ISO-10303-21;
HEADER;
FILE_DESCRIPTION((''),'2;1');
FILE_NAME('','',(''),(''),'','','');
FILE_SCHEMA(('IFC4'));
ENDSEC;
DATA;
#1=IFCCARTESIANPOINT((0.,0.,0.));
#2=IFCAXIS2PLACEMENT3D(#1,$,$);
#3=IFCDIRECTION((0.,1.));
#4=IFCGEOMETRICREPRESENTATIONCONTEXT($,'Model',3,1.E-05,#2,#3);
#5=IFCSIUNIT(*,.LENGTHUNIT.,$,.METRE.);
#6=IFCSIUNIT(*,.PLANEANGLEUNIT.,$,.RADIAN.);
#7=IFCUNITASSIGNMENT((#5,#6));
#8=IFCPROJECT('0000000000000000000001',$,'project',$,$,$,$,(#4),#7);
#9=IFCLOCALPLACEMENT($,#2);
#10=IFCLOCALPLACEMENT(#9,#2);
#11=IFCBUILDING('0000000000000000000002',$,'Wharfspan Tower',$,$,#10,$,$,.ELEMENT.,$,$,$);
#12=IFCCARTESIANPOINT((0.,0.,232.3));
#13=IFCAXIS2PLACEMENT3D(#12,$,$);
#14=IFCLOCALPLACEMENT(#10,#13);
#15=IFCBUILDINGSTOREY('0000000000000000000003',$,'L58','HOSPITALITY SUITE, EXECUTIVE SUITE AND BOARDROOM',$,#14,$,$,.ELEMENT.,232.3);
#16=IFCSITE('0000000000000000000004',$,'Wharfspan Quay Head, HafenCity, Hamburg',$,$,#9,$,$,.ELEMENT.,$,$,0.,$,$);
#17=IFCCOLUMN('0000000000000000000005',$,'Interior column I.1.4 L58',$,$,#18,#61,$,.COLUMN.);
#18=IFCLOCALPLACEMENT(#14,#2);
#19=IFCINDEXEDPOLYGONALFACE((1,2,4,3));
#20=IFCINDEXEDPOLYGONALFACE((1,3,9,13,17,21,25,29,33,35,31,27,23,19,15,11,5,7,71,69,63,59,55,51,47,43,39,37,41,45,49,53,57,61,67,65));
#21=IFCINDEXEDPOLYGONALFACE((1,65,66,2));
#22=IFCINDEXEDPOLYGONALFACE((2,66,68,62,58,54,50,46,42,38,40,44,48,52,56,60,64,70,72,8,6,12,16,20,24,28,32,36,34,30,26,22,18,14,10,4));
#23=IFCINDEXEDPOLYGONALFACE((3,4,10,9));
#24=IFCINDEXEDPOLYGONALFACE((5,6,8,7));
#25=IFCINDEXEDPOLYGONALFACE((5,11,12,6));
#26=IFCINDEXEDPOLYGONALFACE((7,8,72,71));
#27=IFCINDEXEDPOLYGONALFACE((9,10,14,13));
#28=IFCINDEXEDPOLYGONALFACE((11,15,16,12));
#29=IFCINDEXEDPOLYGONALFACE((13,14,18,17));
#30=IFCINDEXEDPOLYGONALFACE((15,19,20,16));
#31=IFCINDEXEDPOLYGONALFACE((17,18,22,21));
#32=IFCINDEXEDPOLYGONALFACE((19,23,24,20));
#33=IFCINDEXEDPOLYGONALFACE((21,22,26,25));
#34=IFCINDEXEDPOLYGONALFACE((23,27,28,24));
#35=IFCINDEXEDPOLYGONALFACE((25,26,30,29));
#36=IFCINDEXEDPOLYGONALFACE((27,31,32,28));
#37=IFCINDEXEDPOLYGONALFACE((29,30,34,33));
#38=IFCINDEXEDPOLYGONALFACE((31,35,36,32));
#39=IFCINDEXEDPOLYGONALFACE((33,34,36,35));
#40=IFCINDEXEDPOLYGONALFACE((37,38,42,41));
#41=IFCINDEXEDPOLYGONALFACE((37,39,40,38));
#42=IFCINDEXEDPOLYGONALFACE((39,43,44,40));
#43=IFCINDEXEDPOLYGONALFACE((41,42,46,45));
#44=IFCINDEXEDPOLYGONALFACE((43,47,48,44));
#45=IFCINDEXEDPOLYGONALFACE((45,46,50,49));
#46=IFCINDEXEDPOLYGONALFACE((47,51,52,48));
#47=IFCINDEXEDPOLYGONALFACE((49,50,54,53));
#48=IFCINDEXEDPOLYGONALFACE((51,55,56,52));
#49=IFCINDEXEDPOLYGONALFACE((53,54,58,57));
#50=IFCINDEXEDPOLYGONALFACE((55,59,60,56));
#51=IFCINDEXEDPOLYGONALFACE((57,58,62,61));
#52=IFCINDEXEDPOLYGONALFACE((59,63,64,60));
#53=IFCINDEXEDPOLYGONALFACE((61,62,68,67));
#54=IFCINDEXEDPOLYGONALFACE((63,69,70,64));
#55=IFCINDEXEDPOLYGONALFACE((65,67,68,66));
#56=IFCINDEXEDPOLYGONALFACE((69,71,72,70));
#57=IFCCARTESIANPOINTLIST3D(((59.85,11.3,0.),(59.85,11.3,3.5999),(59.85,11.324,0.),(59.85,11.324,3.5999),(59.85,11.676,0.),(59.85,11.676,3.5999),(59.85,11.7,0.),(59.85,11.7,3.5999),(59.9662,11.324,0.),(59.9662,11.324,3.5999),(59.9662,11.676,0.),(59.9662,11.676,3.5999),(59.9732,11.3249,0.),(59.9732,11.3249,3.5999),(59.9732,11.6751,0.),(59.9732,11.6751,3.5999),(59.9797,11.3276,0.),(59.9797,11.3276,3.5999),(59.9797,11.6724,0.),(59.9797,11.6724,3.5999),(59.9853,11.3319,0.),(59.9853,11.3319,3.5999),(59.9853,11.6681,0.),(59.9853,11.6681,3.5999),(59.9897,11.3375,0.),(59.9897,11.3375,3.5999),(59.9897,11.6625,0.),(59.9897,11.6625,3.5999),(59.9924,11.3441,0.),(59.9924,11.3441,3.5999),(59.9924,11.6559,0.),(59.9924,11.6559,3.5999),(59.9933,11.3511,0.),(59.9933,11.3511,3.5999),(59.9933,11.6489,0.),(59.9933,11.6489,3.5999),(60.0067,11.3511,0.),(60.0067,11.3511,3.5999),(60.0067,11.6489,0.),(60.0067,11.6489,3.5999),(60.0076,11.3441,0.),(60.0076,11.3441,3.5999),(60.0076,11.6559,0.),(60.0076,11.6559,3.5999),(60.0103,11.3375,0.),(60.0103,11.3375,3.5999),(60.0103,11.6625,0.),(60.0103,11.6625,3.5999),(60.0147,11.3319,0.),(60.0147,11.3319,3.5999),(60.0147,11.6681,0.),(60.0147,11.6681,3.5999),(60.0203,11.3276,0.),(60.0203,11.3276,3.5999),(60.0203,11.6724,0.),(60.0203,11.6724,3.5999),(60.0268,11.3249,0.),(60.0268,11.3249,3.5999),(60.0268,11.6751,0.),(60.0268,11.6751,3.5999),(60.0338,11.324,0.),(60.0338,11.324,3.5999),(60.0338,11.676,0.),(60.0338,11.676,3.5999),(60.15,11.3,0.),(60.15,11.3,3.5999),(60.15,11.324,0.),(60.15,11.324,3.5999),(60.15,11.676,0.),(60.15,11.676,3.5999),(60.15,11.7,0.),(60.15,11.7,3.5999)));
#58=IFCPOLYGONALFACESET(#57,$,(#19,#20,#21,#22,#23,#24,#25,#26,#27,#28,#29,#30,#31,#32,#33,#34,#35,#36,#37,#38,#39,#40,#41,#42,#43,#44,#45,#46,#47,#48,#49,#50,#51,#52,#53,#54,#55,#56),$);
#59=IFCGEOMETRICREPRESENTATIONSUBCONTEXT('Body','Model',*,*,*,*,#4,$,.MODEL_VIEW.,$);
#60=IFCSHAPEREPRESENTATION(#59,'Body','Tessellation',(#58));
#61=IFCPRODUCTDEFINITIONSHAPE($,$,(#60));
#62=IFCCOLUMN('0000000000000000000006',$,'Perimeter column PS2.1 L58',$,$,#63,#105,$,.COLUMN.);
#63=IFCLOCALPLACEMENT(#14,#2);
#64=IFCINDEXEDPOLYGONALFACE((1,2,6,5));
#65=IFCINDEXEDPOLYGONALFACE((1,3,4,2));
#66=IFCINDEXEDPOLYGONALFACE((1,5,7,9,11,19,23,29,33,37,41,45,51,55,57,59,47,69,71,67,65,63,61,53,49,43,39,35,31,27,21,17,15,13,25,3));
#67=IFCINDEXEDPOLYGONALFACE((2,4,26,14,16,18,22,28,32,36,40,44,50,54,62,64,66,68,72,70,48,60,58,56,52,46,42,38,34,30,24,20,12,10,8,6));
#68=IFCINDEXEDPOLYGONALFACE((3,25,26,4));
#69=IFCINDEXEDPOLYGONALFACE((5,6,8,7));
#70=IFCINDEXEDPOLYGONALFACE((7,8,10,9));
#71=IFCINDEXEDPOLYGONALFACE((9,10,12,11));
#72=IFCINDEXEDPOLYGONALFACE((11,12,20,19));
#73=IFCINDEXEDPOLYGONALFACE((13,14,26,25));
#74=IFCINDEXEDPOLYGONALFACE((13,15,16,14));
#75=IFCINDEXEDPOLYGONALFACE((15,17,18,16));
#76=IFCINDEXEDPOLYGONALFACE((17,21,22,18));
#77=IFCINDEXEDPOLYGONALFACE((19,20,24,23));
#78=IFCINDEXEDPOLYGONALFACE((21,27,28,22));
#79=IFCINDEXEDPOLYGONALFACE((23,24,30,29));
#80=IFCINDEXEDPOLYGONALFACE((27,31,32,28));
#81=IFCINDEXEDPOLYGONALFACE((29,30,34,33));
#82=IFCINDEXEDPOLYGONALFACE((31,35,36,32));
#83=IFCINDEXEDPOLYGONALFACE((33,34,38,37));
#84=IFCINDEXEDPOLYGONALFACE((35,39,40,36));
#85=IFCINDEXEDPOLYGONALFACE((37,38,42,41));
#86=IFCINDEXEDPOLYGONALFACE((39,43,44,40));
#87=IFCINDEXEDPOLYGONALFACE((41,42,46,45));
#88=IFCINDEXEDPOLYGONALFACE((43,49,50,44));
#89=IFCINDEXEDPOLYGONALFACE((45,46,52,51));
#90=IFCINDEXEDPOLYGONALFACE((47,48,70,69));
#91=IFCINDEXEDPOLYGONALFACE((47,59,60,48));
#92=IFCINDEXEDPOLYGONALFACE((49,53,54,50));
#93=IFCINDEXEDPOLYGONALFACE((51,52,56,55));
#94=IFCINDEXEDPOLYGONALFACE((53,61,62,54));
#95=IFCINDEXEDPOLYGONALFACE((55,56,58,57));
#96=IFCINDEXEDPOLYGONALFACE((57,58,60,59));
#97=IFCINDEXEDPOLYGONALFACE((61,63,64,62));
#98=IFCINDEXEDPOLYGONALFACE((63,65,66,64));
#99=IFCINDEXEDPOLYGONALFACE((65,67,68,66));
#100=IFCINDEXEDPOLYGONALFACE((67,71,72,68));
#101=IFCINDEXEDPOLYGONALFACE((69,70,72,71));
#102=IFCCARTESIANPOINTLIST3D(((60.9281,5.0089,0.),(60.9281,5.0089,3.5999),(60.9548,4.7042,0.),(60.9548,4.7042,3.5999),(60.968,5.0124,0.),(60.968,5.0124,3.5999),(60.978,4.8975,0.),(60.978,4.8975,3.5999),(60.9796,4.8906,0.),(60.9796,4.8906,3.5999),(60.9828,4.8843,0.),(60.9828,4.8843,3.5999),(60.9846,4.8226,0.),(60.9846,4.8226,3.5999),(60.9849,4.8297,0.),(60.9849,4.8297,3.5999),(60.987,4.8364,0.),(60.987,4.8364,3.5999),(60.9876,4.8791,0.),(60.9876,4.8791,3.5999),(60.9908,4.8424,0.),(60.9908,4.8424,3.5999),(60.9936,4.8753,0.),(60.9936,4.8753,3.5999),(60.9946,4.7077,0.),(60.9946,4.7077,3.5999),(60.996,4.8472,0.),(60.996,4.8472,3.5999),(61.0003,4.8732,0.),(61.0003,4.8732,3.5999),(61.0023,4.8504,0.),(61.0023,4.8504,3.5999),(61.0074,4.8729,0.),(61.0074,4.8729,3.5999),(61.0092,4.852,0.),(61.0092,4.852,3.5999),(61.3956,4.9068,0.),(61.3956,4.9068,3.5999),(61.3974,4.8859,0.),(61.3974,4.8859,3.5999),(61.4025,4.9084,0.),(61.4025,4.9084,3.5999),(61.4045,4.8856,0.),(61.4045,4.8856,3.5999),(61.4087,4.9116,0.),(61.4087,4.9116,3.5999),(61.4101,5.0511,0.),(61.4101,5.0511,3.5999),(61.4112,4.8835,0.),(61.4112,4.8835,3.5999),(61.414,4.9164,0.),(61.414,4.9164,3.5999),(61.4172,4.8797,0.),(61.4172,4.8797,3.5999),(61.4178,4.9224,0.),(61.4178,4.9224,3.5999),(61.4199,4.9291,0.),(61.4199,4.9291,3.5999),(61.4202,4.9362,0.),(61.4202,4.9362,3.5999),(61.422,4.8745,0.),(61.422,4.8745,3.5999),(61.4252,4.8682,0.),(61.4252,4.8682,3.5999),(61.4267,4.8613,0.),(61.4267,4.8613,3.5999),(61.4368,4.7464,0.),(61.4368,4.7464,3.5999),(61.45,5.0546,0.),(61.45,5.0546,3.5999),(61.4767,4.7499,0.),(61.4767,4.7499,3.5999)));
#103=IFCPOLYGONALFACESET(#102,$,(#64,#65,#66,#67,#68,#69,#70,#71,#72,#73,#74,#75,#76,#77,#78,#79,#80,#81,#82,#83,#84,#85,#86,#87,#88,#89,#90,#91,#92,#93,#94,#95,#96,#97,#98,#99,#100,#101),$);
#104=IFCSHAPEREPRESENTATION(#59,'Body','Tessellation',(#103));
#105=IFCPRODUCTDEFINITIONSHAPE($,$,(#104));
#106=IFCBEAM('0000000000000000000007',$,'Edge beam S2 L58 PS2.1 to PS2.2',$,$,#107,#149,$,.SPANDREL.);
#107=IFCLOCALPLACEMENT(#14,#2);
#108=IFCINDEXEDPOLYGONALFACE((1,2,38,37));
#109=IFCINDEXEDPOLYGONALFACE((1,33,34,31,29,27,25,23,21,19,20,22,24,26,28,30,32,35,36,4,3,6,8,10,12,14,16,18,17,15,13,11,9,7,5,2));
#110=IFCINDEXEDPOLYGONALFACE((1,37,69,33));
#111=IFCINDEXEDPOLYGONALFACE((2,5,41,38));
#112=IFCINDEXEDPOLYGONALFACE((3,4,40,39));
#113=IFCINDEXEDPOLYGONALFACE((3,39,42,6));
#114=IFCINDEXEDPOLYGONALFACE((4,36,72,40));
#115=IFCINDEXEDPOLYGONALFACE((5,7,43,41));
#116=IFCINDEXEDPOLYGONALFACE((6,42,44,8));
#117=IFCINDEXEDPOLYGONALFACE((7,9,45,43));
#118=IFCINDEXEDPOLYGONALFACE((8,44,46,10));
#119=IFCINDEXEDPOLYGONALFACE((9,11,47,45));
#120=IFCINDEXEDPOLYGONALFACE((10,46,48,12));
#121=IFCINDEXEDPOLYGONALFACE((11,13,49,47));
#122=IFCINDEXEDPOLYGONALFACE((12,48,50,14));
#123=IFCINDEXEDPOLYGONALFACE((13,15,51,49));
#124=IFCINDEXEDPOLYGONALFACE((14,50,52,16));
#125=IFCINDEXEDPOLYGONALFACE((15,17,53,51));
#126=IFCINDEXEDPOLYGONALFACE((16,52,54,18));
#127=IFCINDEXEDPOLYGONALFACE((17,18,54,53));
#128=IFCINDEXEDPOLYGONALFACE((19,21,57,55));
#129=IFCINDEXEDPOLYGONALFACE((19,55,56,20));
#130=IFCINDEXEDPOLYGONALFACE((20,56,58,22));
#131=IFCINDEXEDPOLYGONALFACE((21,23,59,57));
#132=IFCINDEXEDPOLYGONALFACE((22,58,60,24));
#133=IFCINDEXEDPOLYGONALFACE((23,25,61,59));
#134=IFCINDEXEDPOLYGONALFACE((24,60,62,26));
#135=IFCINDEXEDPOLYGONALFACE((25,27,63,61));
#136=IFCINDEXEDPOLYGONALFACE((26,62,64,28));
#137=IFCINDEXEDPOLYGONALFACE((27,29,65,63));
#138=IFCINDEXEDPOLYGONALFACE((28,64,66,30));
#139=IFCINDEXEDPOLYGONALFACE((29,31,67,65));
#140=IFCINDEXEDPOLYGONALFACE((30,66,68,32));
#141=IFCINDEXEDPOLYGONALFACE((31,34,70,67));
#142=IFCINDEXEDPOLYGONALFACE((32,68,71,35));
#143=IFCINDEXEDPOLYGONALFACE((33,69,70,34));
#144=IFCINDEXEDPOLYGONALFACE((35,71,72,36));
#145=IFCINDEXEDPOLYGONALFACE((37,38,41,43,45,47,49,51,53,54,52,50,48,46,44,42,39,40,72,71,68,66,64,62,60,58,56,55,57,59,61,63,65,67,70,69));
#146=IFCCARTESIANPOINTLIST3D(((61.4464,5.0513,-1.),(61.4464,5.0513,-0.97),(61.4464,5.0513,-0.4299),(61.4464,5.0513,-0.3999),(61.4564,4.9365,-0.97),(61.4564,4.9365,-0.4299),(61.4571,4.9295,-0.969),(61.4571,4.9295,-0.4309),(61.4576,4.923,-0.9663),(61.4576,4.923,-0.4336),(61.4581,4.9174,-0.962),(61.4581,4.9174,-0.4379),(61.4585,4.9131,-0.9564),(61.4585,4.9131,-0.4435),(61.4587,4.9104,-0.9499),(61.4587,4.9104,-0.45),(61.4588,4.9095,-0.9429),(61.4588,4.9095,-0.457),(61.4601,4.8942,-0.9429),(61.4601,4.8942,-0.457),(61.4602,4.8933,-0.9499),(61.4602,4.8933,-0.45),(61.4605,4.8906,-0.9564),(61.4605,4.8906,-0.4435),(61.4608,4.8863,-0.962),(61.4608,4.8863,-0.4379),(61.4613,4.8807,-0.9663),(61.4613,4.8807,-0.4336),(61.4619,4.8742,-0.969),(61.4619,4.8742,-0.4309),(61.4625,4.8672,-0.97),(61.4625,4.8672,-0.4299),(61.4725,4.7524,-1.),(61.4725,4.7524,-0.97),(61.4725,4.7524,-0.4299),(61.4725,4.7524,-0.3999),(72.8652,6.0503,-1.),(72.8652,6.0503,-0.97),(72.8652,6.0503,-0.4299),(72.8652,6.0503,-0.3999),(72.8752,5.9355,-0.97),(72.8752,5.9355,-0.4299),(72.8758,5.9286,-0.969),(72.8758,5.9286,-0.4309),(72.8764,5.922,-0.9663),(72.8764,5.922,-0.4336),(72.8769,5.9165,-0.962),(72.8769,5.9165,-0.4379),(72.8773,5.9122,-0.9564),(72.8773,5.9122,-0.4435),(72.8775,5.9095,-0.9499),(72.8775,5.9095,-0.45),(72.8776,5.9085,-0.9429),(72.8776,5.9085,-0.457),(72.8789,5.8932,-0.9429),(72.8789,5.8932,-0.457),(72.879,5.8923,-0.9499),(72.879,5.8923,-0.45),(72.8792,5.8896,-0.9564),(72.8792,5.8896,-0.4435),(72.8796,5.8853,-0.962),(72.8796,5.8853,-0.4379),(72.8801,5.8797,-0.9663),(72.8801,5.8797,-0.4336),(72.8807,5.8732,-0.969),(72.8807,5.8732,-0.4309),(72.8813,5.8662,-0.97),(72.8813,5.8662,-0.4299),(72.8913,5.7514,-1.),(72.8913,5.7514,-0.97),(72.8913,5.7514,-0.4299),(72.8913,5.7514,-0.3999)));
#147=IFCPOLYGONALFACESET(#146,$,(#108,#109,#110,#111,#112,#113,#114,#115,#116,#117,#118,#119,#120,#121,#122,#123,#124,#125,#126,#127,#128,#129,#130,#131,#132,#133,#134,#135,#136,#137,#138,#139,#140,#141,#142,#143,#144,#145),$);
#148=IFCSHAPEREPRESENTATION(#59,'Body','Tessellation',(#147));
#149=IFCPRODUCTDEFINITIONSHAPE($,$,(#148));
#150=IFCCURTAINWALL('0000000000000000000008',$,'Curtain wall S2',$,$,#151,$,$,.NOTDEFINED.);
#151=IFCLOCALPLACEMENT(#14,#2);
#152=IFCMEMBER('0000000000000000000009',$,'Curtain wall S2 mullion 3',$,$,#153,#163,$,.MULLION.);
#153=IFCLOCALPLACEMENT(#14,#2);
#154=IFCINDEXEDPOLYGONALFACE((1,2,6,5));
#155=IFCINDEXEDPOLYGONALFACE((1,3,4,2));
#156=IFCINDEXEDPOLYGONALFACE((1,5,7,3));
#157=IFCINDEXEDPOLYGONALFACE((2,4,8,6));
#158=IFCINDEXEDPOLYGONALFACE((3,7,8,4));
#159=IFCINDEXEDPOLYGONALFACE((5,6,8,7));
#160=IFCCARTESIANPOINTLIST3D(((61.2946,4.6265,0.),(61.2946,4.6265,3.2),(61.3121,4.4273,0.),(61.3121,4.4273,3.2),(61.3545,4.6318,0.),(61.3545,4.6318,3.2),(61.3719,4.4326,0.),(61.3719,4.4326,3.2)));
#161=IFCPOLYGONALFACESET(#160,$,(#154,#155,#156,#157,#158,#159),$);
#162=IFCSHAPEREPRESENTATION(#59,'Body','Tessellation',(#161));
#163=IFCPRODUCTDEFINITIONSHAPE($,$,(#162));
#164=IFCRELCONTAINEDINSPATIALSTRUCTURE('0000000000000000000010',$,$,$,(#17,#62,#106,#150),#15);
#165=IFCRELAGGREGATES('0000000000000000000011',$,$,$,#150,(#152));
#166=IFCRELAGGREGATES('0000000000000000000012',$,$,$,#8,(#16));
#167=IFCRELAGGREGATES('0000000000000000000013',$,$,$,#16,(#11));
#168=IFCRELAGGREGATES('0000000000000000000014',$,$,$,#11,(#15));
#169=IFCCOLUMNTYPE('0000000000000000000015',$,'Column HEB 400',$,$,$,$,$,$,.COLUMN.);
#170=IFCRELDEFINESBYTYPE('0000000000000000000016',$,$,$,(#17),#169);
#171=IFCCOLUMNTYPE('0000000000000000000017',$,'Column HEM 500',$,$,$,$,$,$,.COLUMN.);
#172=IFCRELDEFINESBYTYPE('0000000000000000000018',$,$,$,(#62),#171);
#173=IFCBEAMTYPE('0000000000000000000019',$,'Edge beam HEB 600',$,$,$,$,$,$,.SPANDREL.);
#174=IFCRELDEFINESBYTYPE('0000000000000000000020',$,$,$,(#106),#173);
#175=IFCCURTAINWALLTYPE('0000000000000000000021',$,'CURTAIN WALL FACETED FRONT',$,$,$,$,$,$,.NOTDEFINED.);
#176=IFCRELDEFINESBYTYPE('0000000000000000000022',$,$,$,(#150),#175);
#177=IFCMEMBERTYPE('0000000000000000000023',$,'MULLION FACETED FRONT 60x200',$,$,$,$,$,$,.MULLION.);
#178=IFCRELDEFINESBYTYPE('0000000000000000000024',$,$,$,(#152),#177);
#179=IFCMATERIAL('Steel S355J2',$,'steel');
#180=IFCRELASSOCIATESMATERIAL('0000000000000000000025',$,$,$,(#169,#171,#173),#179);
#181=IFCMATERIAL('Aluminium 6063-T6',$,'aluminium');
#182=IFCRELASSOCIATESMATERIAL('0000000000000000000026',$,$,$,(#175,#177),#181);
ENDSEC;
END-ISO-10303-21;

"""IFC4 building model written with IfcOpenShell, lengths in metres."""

from ifc_helpers import new_model, si_unit, direction, frame, origin, origin_2d, place, context, subcontext, project, spatial, rectangle, i_section, extrude, material, material_profile, profile_set, type_object, element, aggregate, save


model = new_model("IFC4")

# Units and contexts
model_context = context("Model", 3, precision=1e-05, world=origin(), true_north=direction((0.0, 1.0)))
body_context = subcontext(model_context, "Body", "Model", "MODEL_VIEW")
ifc_project = project(units=[si_unit("LENGTHUNIT", "METRE"), si_unit("PLANEANGLEUNIT", "RADIAN")], contexts=[model_context])

# Site, building, storey
site_placement = place(None, origin())
site = spatial("IfcSite", under=ifc_project, at=site_placement, Name="Wharfspan Quay Head, HafenCity, Hamburg", CompositionType="ELEMENT", RefElevation=0.0)
building_placement = place(site_placement, origin())
building = spatial("IfcBuilding", under=site, at=building_placement, Name="Wharfspan Tower", CompositionType="ELEMENT")
storey_placement = place(building_placement, frame((0.0, 0.0, 232.3)))
storey = spatial("IfcBuildingStorey", under=building, at=storey_placement, Name="L58", Description="HOSPITALITY SUITE, EXECUTIVE SUITE AND BOARDROOM", CompositionType="ELEMENT", Elevation=232.3)

# Columns
ifc_material_1 = material(Name="Steel S355J2", Category="steel")
ifc_material_profile_1 = material_profile(ifc_material_1, i_section(OverallWidth=0.3, OverallDepth=0.3999, WebThickness=0.0134, FlangeThickness=0.0239, FilletRadius=0.0271, at=origin_2d()))
ifc_profile_set_1 = profile_set([ifc_material_profile_1], Name="Steel S355J2")
column_type_1 = type_object("IfcColumnType", Name="Column HEB 400", PredefinedType="COLUMN", material=ifc_profile_set_1)
column_1_placement = place(storey_placement, frame((60.0, 11.5, 0.0), z_axis=(0.0, 0.0, 1.0), x_axis=(1.0, 0.0, 0.0)))
element("IfcColumn", 1, at=column_1_placement, inside=storey, type_object=column_type_1, Name="Interior column I.1.4 L58", PredefinedType="COLUMN", context=body_context, shape_type="SweptSolid", body=[
    extrude(i_section(OverallWidth=0.3, OverallDepth=0.3999, WebThickness=0.0134, FlangeThickness=0.0239, FilletRadius=0.0271, at=origin_2d()), origin(), (0.0, 0.0, 1.0), 3.5999),
])
ifc_material_profile_2 = material_profile(ifc_material_1, i_section(OverallWidth=0.3059, OverallDepth=0.5239, WebThickness=0.021, FlangeThickness=0.04, FilletRadius=0.0271, at=origin_2d()))
ifc_profile_set_2 = profile_set([ifc_material_profile_2], Name="Steel S355J2")
column_type_2 = type_object("IfcColumnType", Name="Column HEM 500", PredefinedType="COLUMN", material=ifc_profile_set_2)
column_2_placement = place(storey_placement, frame((61.2024, 4.8794, 0.0), z_axis=(0.0, 0.0, 1.0), x_axis=(0.087156, -0.996197, 0.0)))
element("IfcColumn", 2, at=column_2_placement, inside=storey, type_object=column_type_2, Name="Perimeter column PS2.1 L58", PredefinedType="COLUMN", context=body_context, shape_type="SweptSolid", body=[
    extrude(i_section(OverallWidth=0.3059, OverallDepth=0.5239, WebThickness=0.021, FlangeThickness=0.04, FilletRadius=0.0271, at=origin_2d()), origin(), (0.0, 0.0, 1.0), 3.5999),
])

# Beam
ifc_material_profile_3 = material_profile(ifc_material_1, i_section(OverallWidth=0.3, OverallDepth=0.6001, WebThickness=0.0154, FlangeThickness=0.03, FilletRadius=0.0271, at=origin_2d()))
ifc_profile_set_3 = profile_set([ifc_material_profile_3], Name="Steel S355J2")
beam_type = type_object("IfcBeamType", Name="Edge beam HEB 600", PredefinedType="SPANDREL", material=ifc_profile_set_3)
beam_placement = place(storey_placement, frame((61.4595, 4.9019, -0.7), z_axis=(0.996195, 0.087157, 0.0), x_axis=(-0.087157, 0.996195, 0.0)))
element("IfcBeam", 3, at=beam_placement, inside=storey, type_object=beam_type, Name="Edge beam S2 L58 PS2.1 to PS2.2", PredefinedType="SPANDREL", context=body_context, shape_type="SweptSolid", body=[
    extrude(i_section(OverallWidth=0.3, OverallDepth=0.6001, WebThickness=0.0154, FlangeThickness=0.03, FilletRadius=0.0271, at=origin_2d()), origin(), (0.0, 0.0, 1.0), 11.4624),
])

# Curtain wall, member
ifc_material_2 = material(Name="Aluminium 6063-T6", Category="aluminium")
curtain_wall_type = type_object("IfcCurtainWallType", Name="CURTAIN WALL FACETED FRONT", PredefinedType="NOTDEFINED", material=ifc_material_2)
curtain_wall_placement = place(storey_placement, origin())
curtain_wall = element("IfcCurtainWall", 4, at=curtain_wall_placement, inside=storey, type_object=curtain_wall_type, Name="Curtain wall S2", PredefinedType="NOTDEFINED")
ifc_material_profile_4 = material_profile(ifc_material_2, rectangle(XDim=0.2, YDim=0.0601, at=origin_2d()))
ifc_profile_set_4 = profile_set([ifc_material_profile_4], Name="Aluminium 6063-T6")
member_type_1 = type_object("IfcMemberType", Name="MULLION FACETED FRONT 60x200", PredefinedType="MULLION", material=ifc_profile_set_4)
member_1_placement = place(storey_placement, frame((61.3333, 4.5295, 0.0), z_axis=(0.0, 0.0, 1.0), x_axis=(-0.087156, 0.996197, 0.0)))
member_1 = element("IfcMember", 5, at=member_1_placement, type_object=member_type_1, Name="Curtain wall S2 mullion 3", PredefinedType="MULLION", context=body_context, shape_type="SweptSolid", body=[
    extrude(rectangle(XDim=0.2, YDim=0.0601, at=origin_2d()), origin(), (0.0, 0.0, 1.0), 3.2),
])

aggregate(curtain_wall, [member_1])

save(model, "model.ifc")
